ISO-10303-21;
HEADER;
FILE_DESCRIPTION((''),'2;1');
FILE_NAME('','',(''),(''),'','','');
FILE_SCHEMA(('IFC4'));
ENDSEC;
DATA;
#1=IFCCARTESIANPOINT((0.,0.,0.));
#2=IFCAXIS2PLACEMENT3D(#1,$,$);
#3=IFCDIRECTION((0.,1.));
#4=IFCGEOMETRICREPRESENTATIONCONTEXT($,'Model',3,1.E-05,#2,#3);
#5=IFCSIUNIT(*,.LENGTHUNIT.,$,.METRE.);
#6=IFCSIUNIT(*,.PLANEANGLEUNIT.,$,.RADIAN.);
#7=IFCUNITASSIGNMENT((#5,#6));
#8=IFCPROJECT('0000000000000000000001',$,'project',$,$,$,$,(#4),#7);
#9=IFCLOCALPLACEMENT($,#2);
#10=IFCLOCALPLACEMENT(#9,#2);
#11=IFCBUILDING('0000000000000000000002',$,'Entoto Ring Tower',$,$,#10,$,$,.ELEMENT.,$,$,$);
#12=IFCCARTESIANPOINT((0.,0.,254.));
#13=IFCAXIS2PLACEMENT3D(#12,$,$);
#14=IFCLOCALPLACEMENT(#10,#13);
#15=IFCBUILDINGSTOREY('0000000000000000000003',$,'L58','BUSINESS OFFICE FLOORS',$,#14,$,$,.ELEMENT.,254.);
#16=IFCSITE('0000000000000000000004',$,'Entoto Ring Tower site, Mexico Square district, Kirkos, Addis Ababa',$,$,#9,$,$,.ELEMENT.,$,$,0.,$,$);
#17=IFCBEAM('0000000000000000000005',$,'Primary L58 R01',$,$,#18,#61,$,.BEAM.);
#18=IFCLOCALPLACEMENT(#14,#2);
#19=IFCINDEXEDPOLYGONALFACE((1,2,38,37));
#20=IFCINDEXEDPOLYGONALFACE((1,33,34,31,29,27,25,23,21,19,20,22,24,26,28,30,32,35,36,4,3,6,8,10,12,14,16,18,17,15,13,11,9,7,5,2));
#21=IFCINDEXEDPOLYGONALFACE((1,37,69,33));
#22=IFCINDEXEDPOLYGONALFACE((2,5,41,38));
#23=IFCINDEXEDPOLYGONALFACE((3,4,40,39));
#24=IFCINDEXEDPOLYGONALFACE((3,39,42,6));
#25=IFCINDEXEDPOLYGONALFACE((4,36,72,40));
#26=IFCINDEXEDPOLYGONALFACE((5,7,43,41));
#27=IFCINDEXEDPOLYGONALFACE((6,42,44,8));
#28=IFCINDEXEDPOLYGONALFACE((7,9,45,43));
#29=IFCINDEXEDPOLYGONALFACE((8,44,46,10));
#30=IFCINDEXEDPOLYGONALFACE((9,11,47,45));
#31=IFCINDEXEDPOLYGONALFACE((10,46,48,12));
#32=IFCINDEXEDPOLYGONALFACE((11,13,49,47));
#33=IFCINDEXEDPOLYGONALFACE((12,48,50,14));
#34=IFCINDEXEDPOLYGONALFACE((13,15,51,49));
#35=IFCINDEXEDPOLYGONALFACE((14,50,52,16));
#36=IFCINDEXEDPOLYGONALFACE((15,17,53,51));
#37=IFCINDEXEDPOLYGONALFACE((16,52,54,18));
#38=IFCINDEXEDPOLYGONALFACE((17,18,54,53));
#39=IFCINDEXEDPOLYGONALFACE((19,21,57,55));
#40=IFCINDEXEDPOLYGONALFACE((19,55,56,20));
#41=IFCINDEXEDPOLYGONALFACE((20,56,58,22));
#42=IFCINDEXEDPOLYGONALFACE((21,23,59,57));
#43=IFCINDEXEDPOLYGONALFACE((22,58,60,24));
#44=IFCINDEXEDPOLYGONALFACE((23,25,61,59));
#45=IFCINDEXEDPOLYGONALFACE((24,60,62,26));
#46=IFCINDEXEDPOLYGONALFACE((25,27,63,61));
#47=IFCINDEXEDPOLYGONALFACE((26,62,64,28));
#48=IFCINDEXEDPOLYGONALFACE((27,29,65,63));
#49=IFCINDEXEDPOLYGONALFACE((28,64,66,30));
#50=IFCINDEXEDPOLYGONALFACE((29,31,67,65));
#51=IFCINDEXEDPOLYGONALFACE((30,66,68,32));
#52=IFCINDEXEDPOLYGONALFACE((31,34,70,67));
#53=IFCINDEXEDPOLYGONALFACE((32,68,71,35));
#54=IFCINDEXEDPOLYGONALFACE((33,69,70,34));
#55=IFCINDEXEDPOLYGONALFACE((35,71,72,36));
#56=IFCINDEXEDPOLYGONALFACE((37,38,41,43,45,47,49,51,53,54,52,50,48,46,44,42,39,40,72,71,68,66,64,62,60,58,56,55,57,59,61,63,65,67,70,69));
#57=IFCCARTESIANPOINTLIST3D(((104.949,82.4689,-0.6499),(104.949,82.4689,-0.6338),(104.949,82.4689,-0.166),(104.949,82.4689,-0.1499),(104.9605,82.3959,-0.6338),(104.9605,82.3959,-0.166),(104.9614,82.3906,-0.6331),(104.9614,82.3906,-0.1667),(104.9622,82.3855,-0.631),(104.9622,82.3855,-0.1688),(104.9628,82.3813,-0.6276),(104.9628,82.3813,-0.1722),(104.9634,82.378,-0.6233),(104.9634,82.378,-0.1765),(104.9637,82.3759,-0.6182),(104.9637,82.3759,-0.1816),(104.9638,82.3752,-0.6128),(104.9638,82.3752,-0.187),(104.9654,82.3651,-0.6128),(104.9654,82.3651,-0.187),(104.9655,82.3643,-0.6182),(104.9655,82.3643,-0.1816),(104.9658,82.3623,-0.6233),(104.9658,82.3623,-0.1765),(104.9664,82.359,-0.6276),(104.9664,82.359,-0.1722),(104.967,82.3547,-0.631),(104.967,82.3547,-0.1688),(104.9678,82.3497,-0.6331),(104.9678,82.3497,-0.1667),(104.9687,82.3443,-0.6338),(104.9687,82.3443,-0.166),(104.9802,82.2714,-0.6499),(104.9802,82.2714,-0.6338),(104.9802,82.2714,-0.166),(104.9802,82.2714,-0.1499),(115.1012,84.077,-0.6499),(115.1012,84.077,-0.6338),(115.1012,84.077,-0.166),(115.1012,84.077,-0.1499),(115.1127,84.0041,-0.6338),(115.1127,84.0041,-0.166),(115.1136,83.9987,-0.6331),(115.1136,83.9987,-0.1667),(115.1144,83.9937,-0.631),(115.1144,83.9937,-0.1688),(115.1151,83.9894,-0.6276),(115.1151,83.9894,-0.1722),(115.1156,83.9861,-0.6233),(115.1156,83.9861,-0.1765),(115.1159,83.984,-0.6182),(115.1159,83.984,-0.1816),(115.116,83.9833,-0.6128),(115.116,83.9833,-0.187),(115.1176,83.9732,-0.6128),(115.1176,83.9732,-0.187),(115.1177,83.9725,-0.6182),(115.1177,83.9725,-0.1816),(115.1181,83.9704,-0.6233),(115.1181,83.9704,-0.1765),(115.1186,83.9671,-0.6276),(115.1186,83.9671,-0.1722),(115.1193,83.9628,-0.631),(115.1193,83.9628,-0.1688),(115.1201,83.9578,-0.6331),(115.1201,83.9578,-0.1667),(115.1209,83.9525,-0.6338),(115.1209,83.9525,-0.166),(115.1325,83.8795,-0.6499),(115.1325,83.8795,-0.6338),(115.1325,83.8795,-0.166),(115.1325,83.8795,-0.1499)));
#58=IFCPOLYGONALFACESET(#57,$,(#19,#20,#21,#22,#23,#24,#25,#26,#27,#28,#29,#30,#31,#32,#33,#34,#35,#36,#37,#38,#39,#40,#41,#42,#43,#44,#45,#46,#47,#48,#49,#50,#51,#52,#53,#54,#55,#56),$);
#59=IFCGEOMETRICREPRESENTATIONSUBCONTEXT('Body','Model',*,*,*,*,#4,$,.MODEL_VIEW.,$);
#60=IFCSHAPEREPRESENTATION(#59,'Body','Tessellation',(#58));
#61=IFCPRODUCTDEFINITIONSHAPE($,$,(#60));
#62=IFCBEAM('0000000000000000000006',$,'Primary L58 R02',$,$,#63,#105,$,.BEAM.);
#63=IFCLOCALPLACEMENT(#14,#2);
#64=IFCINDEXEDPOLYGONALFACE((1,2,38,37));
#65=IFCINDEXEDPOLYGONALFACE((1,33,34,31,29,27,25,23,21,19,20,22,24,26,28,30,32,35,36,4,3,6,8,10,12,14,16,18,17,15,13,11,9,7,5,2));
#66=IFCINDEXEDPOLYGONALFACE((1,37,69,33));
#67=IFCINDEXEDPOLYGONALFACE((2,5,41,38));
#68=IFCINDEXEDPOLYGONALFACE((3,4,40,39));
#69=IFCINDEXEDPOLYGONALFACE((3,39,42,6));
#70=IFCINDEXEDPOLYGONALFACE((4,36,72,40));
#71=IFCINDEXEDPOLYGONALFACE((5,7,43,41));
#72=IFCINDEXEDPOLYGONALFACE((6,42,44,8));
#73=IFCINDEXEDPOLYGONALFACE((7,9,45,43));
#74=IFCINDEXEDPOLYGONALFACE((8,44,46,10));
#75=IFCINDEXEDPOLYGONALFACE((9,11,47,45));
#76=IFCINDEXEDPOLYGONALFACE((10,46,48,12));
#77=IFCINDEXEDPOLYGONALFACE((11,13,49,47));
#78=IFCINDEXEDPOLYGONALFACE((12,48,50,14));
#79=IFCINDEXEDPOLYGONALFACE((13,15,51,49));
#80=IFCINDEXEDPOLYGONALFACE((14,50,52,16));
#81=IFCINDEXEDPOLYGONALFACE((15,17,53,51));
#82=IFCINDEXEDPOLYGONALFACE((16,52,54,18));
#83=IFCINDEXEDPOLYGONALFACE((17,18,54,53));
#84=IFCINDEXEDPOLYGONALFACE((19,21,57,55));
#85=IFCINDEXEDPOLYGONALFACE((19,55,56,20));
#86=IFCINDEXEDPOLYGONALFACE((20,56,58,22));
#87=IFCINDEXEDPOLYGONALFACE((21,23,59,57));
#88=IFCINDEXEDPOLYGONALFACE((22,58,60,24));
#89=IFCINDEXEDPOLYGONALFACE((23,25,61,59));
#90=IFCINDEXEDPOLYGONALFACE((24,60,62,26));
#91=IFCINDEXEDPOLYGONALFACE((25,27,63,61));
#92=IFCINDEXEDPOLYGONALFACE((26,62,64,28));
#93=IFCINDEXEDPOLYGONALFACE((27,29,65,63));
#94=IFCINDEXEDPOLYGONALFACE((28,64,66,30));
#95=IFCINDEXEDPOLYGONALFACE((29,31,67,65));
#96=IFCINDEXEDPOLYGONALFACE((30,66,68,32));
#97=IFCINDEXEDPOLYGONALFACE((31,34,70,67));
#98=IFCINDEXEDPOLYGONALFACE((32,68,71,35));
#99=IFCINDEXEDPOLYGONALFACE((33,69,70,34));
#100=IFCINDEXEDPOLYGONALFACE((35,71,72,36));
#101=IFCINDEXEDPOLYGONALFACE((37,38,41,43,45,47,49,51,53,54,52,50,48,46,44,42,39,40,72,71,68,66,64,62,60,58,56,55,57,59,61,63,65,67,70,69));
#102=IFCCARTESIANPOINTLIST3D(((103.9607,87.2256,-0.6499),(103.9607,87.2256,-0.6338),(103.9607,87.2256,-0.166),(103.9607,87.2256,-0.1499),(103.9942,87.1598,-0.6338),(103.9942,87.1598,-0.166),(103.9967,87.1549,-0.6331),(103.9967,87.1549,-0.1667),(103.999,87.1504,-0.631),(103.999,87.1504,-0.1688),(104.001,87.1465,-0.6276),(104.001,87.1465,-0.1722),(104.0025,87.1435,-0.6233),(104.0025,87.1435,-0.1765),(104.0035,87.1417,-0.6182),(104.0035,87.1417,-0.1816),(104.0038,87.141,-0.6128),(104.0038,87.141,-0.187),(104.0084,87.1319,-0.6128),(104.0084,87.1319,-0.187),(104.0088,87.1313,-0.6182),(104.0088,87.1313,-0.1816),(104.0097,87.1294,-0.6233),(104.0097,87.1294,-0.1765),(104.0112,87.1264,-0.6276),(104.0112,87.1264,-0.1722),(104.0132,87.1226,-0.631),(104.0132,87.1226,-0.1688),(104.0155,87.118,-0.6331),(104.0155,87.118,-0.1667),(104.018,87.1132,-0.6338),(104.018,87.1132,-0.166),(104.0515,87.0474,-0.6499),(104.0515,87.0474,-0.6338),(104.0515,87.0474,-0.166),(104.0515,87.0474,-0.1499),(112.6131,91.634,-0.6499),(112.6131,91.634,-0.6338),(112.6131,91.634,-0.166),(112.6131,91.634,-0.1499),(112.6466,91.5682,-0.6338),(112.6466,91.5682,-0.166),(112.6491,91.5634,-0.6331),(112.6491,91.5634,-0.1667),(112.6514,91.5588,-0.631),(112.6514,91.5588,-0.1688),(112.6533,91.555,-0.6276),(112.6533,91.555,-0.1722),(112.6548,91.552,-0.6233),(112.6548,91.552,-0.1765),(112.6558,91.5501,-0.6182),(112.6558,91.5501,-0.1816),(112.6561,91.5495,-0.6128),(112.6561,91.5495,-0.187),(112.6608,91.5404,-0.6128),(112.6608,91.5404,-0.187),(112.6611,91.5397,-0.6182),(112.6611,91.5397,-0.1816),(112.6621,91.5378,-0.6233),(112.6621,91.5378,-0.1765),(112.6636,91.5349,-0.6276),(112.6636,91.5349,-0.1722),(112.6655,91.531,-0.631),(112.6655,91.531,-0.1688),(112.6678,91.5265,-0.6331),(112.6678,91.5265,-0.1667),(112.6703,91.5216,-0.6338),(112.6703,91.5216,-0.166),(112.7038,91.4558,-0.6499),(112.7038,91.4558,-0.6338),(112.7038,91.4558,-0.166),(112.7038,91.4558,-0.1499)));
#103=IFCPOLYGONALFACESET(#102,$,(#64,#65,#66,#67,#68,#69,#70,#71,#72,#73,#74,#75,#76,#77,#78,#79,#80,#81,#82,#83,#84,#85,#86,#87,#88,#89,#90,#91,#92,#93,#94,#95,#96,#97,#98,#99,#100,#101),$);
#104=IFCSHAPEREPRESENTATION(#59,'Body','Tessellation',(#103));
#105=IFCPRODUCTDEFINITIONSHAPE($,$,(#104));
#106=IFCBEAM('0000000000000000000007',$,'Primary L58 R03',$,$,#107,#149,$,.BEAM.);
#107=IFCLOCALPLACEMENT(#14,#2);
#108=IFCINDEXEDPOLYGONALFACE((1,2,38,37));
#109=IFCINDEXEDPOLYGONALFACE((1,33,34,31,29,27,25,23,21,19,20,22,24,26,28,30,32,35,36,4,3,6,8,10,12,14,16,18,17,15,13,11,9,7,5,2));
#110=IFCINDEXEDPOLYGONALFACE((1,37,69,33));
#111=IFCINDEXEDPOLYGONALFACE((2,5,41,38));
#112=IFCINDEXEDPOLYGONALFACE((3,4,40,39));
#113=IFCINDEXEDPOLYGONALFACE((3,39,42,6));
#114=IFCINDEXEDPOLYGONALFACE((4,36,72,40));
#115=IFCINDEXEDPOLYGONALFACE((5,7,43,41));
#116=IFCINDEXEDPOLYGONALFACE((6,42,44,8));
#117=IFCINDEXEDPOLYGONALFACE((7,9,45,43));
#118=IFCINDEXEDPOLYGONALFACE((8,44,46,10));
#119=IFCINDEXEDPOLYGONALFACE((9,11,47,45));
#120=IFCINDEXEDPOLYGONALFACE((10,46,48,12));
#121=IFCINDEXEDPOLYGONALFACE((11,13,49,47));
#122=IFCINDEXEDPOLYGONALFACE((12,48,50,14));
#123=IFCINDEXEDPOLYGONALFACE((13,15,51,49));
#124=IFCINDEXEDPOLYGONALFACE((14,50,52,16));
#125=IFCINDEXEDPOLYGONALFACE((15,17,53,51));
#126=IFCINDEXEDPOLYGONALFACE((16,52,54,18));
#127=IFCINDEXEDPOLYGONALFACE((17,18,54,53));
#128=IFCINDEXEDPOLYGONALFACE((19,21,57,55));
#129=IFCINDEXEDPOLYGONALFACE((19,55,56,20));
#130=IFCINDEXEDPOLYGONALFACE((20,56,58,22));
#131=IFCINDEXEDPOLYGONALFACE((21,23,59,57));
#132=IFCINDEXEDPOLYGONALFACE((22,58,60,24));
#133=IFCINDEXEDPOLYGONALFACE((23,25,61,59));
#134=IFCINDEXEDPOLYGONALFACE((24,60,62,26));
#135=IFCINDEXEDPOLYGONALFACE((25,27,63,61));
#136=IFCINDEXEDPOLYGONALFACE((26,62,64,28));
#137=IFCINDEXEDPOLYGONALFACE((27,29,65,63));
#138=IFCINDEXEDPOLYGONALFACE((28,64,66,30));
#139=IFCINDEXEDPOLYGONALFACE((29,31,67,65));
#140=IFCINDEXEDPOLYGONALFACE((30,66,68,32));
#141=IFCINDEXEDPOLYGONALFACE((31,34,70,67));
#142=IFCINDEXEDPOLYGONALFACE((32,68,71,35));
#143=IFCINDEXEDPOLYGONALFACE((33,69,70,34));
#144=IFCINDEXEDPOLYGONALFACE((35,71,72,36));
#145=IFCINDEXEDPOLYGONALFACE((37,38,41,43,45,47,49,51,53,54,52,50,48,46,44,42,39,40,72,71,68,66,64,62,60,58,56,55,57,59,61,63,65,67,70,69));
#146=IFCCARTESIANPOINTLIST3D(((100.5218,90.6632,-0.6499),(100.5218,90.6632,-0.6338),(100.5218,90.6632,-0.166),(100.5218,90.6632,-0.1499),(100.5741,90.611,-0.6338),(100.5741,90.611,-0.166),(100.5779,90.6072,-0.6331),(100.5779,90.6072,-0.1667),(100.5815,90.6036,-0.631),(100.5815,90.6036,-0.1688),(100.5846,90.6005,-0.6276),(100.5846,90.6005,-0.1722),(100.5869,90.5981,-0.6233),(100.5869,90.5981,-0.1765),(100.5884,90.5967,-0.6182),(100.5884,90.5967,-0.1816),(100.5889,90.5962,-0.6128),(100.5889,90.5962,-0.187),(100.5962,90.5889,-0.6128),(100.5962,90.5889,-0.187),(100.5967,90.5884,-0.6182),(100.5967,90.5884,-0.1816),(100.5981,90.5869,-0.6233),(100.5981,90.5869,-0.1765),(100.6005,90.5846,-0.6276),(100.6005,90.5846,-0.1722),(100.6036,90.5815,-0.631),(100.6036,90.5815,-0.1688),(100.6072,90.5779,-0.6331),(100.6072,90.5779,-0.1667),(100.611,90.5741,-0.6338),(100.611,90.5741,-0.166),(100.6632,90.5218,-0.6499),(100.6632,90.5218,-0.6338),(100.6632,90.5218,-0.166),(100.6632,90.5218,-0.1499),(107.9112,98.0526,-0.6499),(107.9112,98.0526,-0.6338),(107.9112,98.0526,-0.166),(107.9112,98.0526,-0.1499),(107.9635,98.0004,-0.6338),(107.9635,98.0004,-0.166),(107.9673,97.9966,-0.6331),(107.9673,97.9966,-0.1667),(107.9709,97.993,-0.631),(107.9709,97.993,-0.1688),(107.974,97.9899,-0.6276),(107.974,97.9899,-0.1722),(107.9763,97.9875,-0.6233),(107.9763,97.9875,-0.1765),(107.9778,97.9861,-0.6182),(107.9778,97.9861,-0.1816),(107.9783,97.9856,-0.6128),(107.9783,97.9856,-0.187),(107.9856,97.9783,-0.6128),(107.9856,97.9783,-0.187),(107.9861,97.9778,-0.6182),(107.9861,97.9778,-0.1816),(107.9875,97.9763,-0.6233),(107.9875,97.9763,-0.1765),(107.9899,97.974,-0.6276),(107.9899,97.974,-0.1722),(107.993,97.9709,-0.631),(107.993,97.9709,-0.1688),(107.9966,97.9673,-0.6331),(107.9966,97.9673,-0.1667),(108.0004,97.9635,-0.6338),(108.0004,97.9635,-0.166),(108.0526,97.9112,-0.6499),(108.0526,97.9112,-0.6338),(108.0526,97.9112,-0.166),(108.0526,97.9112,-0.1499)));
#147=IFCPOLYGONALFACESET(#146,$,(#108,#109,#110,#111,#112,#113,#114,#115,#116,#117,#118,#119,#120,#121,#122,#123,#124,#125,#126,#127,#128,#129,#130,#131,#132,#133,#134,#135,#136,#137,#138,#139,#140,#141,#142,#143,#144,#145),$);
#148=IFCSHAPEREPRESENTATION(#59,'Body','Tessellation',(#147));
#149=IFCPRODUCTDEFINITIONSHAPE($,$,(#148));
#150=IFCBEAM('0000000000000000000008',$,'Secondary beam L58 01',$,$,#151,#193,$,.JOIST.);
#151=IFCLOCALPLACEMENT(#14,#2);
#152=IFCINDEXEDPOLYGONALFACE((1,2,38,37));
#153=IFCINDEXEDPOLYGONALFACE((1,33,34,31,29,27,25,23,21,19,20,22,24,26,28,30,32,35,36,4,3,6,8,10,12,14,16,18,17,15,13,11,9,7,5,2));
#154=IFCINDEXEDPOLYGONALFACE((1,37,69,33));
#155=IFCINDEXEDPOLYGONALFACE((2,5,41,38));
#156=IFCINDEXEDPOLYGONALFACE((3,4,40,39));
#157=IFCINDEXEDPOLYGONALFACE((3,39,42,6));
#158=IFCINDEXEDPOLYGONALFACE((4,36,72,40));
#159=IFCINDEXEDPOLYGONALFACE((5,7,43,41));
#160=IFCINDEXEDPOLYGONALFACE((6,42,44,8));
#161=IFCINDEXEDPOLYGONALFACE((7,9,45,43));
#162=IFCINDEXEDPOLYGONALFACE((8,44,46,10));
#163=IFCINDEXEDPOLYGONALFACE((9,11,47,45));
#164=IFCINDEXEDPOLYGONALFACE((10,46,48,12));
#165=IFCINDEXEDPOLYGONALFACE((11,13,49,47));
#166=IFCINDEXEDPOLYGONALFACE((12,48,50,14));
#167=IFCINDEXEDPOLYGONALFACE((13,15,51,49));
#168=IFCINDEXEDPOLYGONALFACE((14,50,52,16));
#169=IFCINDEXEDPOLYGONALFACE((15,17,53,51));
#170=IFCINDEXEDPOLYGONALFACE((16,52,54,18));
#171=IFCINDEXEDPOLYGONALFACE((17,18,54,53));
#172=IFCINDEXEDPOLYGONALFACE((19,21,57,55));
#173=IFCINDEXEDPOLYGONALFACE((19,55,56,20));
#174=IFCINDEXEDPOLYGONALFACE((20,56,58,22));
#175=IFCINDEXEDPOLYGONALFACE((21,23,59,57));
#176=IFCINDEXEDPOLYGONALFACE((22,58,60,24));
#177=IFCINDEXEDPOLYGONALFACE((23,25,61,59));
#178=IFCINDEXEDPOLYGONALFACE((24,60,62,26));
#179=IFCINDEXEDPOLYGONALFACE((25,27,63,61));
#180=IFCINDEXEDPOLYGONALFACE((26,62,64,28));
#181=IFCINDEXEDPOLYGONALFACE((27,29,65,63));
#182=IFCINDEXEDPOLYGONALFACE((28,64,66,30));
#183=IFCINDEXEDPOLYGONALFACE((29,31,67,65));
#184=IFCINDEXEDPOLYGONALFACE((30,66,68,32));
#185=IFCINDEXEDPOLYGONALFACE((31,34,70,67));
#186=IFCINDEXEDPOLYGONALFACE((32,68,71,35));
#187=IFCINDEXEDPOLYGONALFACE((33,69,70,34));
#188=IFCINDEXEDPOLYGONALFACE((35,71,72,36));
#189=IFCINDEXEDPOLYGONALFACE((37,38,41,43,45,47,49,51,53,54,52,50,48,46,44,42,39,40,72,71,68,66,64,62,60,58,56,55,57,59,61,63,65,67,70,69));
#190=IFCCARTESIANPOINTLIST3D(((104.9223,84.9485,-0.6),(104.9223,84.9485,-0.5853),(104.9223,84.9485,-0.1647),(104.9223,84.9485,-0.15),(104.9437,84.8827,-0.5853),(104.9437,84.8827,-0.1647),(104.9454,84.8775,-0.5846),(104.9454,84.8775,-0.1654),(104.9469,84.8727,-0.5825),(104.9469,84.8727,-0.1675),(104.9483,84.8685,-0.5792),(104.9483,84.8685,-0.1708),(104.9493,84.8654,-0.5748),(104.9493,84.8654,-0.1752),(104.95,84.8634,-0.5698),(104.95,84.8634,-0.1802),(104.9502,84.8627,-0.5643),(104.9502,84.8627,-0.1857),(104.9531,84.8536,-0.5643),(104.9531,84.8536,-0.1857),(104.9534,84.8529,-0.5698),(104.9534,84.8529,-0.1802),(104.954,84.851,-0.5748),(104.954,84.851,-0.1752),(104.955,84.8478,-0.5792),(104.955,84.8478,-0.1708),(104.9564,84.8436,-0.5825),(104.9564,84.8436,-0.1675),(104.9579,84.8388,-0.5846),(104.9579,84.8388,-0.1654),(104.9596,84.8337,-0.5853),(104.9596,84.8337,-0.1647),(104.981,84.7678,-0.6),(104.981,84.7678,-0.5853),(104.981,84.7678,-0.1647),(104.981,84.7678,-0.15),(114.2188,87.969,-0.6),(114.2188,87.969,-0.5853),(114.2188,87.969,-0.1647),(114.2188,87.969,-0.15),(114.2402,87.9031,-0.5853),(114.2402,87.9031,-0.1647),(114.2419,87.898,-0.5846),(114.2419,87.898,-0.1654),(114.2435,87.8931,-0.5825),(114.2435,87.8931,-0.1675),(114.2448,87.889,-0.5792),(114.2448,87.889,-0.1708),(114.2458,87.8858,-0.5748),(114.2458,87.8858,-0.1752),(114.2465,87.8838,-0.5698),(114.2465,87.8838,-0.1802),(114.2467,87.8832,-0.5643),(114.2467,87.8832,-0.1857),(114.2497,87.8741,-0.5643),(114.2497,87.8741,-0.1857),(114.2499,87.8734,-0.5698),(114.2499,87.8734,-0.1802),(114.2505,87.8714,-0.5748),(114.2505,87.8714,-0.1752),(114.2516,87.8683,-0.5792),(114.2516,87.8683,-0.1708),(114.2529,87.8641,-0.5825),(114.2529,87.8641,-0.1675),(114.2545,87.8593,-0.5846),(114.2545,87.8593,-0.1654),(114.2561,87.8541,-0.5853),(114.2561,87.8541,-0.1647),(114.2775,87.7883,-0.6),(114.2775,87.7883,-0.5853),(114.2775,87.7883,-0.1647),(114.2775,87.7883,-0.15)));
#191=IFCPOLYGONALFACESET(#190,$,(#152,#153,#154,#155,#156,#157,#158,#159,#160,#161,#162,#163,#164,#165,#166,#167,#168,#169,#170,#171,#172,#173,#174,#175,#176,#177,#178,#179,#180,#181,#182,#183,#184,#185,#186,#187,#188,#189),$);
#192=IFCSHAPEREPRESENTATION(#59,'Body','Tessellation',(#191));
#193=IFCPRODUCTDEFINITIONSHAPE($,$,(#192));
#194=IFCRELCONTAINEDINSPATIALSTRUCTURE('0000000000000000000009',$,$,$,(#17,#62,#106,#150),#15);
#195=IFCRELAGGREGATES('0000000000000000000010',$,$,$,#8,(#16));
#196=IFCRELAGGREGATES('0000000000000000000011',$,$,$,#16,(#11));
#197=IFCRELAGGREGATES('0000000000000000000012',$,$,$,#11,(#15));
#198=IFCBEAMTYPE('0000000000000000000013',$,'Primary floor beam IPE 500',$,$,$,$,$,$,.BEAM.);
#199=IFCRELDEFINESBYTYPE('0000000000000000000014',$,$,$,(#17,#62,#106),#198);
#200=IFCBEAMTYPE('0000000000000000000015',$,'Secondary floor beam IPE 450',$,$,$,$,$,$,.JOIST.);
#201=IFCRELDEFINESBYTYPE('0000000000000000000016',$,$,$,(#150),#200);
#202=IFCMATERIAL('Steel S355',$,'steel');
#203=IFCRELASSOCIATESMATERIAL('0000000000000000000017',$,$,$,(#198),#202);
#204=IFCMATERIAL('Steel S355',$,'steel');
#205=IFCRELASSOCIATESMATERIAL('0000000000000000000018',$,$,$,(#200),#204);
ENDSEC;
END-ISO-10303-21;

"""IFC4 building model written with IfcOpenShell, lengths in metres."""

from ifc_helpers import new_model, si_unit, direction, frame, origin, origin_2d, place, context, subcontext, project, spatial, i_section, extrude, material, material_profile, profile_set, type_object, element, save


model = new_model("IFC4")

# Units and contexts
model_context = context("Model", 3, precision=1e-05, world=origin(), true_north=direction((0.0, 1.0)))
body_context = subcontext(model_context, "Body", "Model", "MODEL_VIEW")
ifc_project = project(units=[si_unit("LENGTHUNIT", "METRE"), si_unit("PLANEANGLEUNIT", "RADIAN")], contexts=[model_context])

# Site, building, storey
site_placement = place(None, origin())
site = spatial("IfcSite", under=ifc_project, at=site_placement, Name="Entoto Ring Tower site, Mexico Square district, Kirkos, Addis Ababa", CompositionType="ELEMENT", RefElevation=0.0)
building_placement = place(site_placement, origin())
building = spatial("IfcBuilding", under=site, at=building_placement, Name="Entoto Ring Tower", CompositionType="ELEMENT")
storey_placement = place(building_placement, frame((0.0, 0.0, 254.0)))
storey = spatial("IfcBuildingStorey", under=building, at=storey_placement, Name="L58", Description="BUSINESS OFFICE FLOORS", CompositionType="ELEMENT", Elevation=254.0)

# Beams
ifc_material_1 = material(Name="Steel S355", Category="steel")
ifc_material_profile_1 = material_profile(ifc_material_1, i_section(OverallWidth=0.2, OverallDepth=0.5, WebThickness=0.0103, FlangeThickness=0.0161, FilletRadius=0.021, at=origin_2d()), Name="IPE 500")
ifc_profile_set_1 = profile_set([ifc_material_profile_1], Name="Steel S355")
beam_type_1 = type_object("IfcBeamType", Name="Primary floor beam IPE 500", PredefinedType="BEAM", material=ifc_profile_set_1)
beam_1_placement = place(storey_placement, frame((104.9646, 82.3701, -0.3999), z_axis=(0.987686, 0.156452, 0.0), x_axis=(-0.156452, 0.987686, 0.0)))
element("IfcBeam", 1, at=beam_1_placement, inside=storey, type_object=beam_type_1, Name="Primary L58 R01", PredefinedType="BEAM", context=body_context, shape_type="SweptSolid", body=[
    extrude(i_section(OverallWidth=0.2, OverallDepth=0.5, WebThickness=0.0103, FlangeThickness=0.0161, FilletRadius=0.021, at=origin_2d()), origin(), (0.0, 0.0, 1.0), 10.2788),
])
beam_2_placement = place(storey_placement, frame((104.0061, 87.1365, -0.3999), z_axis=(0.891012, 0.453979, 0.0), x_axis=(-0.453979, 0.891012, 0.0)))
element("IfcBeam", 2, at=beam_2_placement, inside=storey, type_object=beam_type_1, Name="Primary L58 R02", PredefinedType="BEAM", context=body_context, shape_type="SweptSolid", body=[
    extrude(i_section(OverallWidth=0.2, OverallDepth=0.5, WebThickness=0.0103, FlangeThickness=0.0161, FilletRadius=0.021, at=origin_2d()), origin(), (0.0, 0.0, 1.0), 9.7107),
])
beam_3_placement = place(storey_placement, frame((100.5925, 90.5925, -0.3999), z_axis=(0.707107, 0.707107, 0.0), x_axis=(-0.707107, 0.707107, 0.0)))
element("IfcBeam", 3, at=beam_3_placement, inside=storey, type_object=beam_type_1, Name="Primary L58 R03", PredefinedType="BEAM", context=body_context, shape_type="SweptSolid", body=[
    extrude(i_section(OverallWidth=0.2, OverallDepth=0.5, WebThickness=0.0103, FlangeThickness=0.0161, FilletRadius=0.021, at=origin_2d()), origin(), (0.0, 0.0, 1.0), 10.4502),
])
ifc_material_2 = material(Name="Steel S355", Category="steel")
ifc_material_profile_2 = material_profile(ifc_material_2, i_section(OverallWidth=0.1899, OverallDepth=0.45, WebThickness=0.0095, FlangeThickness=0.0146, FilletRadius=0.021, at=origin_2d()), Name="IPE 450")
ifc_profile_set_2 = profile_set([ifc_material_profile_2], Name="Steel S355")
beam_type_2 = type_object("IfcBeamType", Name="Secondary floor beam IPE 450", PredefinedType="JOIST", material=ifc_profile_set_2)
beam_4_placement = place(storey_placement, frame((104.9517, 84.8582, -0.375), z_axis=(0.951061, 0.309003, 0.0), x_axis=(-0.309003, 0.951061, 0.0)))
element("IfcBeam", 4, at=beam_4_placement, inside=storey, type_object=beam_type_2, Name="Secondary beam L58 01", PredefinedType="JOIST", context=body_context, shape_type="SweptSolid", body=[
    extrude(i_section(OverallWidth=0.1899, OverallDepth=0.45, WebThickness=0.0095, FlangeThickness=0.0146, FilletRadius=0.021, at=origin_2d()), origin(), (0.0, 0.0, 1.0), 9.7749),
])

save(model, "model.ifc")
